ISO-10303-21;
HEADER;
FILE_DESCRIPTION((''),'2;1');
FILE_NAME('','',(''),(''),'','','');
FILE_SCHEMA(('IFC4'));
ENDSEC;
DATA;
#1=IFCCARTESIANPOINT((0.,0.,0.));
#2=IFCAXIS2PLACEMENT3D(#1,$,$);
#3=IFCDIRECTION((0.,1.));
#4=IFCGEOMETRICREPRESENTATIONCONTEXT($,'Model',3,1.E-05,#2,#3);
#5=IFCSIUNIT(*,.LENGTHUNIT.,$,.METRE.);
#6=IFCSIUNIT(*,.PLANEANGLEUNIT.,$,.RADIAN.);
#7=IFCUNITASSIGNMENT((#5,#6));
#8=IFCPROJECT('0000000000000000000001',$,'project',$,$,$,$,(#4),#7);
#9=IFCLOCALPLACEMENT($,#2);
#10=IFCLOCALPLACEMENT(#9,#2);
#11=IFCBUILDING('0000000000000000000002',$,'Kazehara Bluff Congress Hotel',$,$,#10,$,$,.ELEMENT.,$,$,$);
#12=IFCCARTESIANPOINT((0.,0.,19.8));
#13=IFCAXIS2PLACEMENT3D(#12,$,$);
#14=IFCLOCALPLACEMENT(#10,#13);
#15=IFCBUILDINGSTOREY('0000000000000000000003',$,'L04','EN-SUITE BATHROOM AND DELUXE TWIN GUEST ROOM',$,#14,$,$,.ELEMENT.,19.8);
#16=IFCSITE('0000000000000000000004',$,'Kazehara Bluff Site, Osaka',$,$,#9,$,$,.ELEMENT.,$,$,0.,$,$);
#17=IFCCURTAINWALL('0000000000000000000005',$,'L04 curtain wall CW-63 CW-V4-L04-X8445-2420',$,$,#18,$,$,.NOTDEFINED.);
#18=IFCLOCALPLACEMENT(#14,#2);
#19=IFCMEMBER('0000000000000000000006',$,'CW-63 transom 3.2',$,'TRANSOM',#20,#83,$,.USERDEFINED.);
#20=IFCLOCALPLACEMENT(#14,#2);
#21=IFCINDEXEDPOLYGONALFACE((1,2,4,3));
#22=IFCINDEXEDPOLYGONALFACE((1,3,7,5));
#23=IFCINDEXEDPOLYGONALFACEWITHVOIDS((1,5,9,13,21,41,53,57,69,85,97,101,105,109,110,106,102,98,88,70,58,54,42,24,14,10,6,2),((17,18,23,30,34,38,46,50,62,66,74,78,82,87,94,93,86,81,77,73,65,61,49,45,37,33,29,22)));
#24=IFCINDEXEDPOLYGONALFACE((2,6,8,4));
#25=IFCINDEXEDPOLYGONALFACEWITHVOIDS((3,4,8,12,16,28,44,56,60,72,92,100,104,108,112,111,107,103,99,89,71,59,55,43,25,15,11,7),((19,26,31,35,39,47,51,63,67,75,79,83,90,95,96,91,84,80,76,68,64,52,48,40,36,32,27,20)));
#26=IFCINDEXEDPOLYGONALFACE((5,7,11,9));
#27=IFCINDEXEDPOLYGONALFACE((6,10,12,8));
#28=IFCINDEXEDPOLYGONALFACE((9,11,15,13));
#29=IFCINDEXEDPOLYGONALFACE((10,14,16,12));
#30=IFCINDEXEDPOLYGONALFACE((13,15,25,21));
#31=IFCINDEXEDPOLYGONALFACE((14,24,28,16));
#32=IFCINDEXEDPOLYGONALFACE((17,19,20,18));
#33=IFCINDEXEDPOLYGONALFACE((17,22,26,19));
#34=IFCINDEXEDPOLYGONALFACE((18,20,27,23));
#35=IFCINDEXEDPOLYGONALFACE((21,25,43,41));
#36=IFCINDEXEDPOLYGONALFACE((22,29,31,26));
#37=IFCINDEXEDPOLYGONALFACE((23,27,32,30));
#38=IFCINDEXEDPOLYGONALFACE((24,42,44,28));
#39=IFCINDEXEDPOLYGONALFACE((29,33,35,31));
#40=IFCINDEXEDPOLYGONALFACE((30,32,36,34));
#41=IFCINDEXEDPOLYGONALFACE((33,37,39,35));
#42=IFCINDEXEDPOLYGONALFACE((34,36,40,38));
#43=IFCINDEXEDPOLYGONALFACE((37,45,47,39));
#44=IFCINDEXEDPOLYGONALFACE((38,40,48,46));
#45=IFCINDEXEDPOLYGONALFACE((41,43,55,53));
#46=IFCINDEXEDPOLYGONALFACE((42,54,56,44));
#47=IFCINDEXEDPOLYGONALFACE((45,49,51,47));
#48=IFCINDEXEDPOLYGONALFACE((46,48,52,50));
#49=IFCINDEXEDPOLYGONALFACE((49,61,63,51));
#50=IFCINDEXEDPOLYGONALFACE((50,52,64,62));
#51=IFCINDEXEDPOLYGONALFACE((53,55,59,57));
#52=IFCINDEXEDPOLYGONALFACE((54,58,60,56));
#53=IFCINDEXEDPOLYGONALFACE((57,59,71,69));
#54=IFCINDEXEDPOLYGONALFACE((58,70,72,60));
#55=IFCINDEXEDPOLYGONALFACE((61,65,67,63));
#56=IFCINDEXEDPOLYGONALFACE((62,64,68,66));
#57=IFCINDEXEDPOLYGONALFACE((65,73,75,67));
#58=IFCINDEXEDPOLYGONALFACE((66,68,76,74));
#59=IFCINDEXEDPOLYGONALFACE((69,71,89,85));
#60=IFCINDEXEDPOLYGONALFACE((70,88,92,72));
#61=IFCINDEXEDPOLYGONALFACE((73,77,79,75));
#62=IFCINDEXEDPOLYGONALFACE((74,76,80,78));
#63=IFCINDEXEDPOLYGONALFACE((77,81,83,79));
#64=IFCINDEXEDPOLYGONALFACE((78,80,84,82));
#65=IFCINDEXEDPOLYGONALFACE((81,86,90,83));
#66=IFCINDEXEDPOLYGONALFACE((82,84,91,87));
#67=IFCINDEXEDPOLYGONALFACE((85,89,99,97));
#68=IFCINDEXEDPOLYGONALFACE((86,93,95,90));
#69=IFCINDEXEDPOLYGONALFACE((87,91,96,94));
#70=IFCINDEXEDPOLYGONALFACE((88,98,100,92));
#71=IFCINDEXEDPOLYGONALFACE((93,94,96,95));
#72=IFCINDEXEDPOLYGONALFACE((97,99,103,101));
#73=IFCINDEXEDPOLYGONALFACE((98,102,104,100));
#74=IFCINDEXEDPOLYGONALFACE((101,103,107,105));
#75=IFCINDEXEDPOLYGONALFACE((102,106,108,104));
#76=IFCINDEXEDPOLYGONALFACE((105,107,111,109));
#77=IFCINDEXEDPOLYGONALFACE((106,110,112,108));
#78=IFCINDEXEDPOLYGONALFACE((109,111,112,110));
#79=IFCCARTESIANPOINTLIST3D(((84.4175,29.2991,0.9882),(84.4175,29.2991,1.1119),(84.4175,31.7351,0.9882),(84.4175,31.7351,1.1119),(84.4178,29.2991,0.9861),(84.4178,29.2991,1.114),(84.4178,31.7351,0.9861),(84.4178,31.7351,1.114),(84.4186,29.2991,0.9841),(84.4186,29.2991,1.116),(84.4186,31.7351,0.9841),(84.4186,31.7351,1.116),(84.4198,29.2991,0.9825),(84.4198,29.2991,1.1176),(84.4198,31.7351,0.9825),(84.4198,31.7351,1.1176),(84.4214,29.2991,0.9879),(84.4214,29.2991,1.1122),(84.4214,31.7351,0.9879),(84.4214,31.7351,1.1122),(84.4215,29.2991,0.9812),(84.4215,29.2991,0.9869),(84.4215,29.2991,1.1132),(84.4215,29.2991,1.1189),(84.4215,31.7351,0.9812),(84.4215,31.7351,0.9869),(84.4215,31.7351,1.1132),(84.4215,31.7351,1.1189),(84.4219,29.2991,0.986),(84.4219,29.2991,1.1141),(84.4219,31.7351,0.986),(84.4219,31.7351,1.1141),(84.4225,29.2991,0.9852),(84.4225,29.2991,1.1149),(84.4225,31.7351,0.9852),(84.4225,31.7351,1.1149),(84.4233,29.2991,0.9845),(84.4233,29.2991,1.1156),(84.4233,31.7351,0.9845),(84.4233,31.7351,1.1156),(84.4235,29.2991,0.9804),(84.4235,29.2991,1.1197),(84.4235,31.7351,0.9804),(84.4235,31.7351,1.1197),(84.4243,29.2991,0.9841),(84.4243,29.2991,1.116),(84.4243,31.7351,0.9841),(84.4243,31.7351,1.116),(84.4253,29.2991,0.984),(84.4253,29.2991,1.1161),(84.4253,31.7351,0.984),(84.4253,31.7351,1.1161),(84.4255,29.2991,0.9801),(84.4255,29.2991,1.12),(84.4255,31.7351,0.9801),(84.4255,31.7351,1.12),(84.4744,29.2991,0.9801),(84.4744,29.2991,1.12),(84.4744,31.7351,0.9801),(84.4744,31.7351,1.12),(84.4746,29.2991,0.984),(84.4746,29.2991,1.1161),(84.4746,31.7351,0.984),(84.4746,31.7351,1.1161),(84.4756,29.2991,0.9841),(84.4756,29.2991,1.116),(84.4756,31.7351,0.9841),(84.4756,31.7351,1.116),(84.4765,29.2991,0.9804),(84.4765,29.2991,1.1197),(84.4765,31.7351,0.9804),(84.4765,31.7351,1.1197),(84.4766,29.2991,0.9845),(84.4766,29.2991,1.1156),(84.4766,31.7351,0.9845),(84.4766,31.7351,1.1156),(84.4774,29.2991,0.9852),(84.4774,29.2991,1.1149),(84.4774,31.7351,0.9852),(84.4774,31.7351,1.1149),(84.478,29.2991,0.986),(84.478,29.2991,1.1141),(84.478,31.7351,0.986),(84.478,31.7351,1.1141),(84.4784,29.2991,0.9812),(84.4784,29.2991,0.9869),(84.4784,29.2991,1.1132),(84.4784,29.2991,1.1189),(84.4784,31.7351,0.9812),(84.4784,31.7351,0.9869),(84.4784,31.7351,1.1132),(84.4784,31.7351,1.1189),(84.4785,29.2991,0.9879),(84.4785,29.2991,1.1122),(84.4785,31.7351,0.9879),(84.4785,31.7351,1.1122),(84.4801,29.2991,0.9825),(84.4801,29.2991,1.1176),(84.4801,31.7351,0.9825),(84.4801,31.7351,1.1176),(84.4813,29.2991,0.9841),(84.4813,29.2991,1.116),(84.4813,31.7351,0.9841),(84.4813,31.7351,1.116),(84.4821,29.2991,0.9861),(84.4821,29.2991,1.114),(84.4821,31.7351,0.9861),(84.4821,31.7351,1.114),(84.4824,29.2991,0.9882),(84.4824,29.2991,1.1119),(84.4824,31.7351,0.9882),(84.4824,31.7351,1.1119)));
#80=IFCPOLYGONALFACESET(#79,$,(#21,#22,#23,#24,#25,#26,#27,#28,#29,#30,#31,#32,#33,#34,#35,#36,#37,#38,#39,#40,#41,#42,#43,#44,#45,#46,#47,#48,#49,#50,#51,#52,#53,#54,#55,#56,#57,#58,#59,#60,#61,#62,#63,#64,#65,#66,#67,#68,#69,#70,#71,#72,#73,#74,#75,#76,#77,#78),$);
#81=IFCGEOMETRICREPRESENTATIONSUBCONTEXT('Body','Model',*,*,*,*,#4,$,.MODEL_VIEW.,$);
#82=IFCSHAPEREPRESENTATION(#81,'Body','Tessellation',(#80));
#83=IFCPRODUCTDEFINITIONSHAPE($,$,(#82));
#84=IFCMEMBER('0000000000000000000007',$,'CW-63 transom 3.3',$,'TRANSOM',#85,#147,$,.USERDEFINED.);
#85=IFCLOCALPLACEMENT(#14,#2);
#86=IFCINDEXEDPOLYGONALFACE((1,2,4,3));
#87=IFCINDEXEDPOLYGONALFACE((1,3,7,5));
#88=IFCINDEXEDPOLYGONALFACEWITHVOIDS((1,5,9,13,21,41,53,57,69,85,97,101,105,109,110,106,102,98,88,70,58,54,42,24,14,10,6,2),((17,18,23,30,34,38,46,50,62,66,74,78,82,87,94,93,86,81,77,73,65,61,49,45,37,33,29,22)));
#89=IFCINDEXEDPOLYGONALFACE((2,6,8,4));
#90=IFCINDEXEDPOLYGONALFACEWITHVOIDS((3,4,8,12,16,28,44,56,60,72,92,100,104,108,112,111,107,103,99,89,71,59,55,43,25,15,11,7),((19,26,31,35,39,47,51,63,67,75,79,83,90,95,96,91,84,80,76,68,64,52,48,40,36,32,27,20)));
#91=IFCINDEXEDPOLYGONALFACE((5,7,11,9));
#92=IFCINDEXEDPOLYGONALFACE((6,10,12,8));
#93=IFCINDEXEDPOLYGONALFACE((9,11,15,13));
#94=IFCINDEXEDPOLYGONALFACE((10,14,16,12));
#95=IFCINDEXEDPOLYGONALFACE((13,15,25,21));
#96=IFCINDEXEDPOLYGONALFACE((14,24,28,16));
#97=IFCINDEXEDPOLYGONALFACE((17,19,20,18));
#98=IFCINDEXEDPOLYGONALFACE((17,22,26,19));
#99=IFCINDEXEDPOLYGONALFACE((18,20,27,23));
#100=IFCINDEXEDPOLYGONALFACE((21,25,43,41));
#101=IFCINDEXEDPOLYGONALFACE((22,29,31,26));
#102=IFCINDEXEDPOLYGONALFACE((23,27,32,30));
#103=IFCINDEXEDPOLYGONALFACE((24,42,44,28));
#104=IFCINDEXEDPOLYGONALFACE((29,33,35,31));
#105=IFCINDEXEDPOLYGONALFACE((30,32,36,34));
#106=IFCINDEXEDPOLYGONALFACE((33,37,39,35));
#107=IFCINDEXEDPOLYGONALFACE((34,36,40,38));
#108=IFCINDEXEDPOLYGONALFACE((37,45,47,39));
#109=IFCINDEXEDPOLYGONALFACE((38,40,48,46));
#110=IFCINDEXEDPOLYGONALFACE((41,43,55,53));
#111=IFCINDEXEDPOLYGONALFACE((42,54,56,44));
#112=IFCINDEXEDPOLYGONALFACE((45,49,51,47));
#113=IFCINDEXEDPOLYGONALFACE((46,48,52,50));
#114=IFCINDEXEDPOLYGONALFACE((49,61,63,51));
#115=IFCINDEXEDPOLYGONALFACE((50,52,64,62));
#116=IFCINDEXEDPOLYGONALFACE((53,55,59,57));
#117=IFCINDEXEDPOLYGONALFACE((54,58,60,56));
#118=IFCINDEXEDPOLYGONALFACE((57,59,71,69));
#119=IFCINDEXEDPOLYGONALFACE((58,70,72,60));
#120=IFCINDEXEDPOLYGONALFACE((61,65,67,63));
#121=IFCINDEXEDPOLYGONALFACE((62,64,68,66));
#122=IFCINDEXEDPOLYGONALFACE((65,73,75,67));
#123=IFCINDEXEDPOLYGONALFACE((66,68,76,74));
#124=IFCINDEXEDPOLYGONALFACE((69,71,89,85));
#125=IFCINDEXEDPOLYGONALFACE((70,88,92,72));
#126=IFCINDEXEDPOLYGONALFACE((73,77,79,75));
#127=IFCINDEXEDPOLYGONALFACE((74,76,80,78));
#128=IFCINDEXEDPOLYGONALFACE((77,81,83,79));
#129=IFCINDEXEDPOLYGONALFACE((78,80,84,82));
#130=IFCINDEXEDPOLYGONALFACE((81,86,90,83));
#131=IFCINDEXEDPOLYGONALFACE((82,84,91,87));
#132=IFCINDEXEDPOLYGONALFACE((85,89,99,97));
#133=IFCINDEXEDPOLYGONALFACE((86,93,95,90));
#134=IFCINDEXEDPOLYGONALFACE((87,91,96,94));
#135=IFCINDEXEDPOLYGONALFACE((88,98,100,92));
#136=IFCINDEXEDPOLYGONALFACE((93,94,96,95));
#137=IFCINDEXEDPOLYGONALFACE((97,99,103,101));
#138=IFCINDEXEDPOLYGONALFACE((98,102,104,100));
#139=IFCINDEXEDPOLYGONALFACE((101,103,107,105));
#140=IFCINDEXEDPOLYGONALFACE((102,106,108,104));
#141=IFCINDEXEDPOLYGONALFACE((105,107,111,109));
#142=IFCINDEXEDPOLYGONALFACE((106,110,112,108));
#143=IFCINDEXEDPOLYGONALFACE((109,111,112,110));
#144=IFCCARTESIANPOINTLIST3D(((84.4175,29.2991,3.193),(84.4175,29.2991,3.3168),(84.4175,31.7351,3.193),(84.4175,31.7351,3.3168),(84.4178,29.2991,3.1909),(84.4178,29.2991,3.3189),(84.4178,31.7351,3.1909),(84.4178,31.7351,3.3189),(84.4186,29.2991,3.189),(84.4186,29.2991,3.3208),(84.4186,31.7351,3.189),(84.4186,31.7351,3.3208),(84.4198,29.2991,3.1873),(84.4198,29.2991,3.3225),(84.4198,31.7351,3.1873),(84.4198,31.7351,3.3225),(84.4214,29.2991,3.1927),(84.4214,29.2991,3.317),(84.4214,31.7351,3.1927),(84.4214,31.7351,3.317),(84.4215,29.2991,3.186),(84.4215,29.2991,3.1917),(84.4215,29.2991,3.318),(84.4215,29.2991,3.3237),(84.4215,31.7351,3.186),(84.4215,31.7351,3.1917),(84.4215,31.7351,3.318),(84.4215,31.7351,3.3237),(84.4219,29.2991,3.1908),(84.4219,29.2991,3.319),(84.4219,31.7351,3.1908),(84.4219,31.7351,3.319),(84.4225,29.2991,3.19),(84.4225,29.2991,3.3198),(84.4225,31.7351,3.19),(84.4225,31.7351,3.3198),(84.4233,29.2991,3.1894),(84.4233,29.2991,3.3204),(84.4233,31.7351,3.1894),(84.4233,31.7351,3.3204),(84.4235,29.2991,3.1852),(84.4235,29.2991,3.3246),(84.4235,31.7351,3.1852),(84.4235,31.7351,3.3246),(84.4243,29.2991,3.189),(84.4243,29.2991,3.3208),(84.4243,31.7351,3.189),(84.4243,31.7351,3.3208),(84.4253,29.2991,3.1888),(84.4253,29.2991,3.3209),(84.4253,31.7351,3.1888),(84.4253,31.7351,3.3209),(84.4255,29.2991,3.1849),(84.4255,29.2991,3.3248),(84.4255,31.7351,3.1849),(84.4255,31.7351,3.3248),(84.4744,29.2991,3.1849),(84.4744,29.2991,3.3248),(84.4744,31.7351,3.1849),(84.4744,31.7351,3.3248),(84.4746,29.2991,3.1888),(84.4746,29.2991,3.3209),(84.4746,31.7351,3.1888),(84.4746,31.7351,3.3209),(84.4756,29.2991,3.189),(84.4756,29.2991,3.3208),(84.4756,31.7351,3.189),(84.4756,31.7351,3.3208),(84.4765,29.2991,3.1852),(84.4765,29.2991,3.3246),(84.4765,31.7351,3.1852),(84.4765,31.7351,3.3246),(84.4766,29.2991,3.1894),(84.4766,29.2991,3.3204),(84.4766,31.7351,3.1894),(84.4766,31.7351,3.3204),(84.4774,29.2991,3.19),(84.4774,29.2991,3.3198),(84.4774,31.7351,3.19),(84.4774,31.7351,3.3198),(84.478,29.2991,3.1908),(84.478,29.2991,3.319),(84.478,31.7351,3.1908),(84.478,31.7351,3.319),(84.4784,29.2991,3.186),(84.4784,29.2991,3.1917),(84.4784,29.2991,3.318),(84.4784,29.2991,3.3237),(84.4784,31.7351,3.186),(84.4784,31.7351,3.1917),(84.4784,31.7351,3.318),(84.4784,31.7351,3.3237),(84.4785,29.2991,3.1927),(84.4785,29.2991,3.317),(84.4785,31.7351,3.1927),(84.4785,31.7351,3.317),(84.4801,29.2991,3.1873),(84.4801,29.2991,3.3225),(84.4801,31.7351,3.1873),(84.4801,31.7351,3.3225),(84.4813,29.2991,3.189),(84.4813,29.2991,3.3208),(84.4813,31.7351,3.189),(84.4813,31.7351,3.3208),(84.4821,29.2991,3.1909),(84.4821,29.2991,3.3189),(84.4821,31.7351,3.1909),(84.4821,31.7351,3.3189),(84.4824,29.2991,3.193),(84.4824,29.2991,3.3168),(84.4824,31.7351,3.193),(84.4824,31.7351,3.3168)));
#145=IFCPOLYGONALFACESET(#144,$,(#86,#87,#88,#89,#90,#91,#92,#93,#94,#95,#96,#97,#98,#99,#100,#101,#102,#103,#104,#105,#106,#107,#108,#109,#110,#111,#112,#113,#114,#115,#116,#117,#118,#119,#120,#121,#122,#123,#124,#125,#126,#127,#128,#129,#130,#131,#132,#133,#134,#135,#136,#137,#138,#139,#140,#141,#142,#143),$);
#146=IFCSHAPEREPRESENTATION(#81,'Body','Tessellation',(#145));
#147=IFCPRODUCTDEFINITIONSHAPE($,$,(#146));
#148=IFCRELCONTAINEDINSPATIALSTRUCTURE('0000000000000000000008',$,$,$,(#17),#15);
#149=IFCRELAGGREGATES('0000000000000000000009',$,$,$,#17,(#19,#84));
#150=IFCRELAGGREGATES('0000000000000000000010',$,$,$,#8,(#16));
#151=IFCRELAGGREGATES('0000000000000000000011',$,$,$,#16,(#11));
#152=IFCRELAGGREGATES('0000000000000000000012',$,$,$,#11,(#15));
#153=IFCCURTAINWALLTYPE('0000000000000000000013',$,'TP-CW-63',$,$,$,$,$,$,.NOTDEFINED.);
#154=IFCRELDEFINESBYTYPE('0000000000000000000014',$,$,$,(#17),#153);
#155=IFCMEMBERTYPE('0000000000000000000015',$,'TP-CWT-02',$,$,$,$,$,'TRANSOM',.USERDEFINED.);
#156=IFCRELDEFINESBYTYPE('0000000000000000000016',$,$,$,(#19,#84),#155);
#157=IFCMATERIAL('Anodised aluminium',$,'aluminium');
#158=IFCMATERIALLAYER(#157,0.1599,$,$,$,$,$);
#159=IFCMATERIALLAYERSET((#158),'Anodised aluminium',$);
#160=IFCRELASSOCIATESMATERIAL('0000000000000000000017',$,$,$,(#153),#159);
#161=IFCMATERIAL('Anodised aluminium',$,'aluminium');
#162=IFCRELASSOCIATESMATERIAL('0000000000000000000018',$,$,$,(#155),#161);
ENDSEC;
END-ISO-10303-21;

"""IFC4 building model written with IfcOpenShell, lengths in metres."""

from ifc_helpers import new_model, si_unit, direction, frame, origin, origin_2d, place, context, subcontext, project, spatial, hollow_rectangle, extrude, material, layer, layer_set, material_profile, profile_set, type_object, element, aggregate, save


model = new_model("IFC4")

# Units and contexts
model_context = context("Model", 3, precision=1e-05, world=origin(), true_north=direction((0.0, 1.0)))
body_context = subcontext(model_context, "Body", "Model", "MODEL_VIEW")
ifc_project = project(units=[si_unit("LENGTHUNIT", "METRE"), si_unit("PLANEANGLEUNIT", "RADIAN")], contexts=[model_context])

# Site, building, storey
site_placement = place(None, origin())
site = spatial("IfcSite", under=ifc_project, at=site_placement, Name="Kazehara Bluff Site, Osaka", CompositionType="ELEMENT", RefElevation=0.0)
building_placement = place(site_placement, origin())
building = spatial("IfcBuilding", under=site, at=building_placement, Name="Kazehara Bluff Congress Hotel", CompositionType="ELEMENT")
storey_placement = place(building_placement, frame((0.0, 0.0, 19.8)))
storey = spatial("IfcBuildingStorey", under=building, at=storey_placement, Name="L04", Description="EN-SUITE BATHROOM AND DELUXE TWIN GUEST ROOM", CompositionType="ELEMENT", Elevation=19.8)

# Curtain wall, members
ifc_material_1 = material(Name="Anodised aluminium", Category="aluminium")
ifc_layer_1 = layer(ifc_material_1, 0.1599)
ifc_layer_set_1 = layer_set([ifc_layer_1], Name="Anodised aluminium")
curtain_wall_type = type_object("IfcCurtainWallType", Name="TP-CW-63", PredefinedType="NOTDEFINED", material=ifc_layer_set_1)
curtain_wall_placement = place(storey_placement, origin())
curtain_wall = element("IfcCurtainWall", 1, at=curtain_wall_placement, inside=storey, type_object=curtain_wall_type, Name="L04 curtain wall CW-63 CW-V4-L04-X8445-2420", PredefinedType="NOTDEFINED")
ifc_material_2 = material(Name="Anodised aluminium", Category="aluminium")
ifc_material_profile_1 = material_profile(ifc_material_2, hollow_rectangle(XDim=0.0649, YDim=0.1399, WallThickness=0.0039, InnerFilletRadius=0.0039, OuterFilletRadius=0.0081, at=origin_2d()))
ifc_profile_set_1 = profile_set([ifc_material_profile_1], Name="Anodised aluminium")
member_type_1 = type_object("IfcMemberType", Name="TP-CWT-02", ElementType="TRANSOM", PredefinedType="USERDEFINED", material=ifc_profile_set_1)
member_1_placement = place(storey_placement, frame((84.45, 29.2991, 1.05), z_axis=(0.0, 1.0, 0.0), x_axis=(-1.0, 0.0, 0.0)))
member_1 = element("IfcMember", 2, at=member_1_placement, type_object=member_type_1, Name="CW-63 transom 3.2", ObjectType="TRANSOM", PredefinedType="USERDEFINED", context=body_context, shape_type="SweptSolid", body=[
    extrude(hollow_rectangle(XDim=0.0649, YDim=0.1399, WallThickness=0.0039, InnerFilletRadius=0.0039, OuterFilletRadius=0.0081, at=origin_2d()), origin(), (0.0, 0.0, 1.0), 2.436),
])
member_2_placement = place(storey_placement, frame((84.45, 29.2991, 3.2549), z_axis=(0.0, 1.0, 0.0), x_axis=(-1.0, 0.0, 0.0)))
member_2 = element("IfcMember", 3, at=member_2_placement, type_object=member_type_1, Name="CW-63 transom 3.3", ObjectType="TRANSOM", PredefinedType="USERDEFINED", context=body_context, shape_type="SweptSolid", body=[
    extrude(hollow_rectangle(XDim=0.0649, YDim=0.1399, WallThickness=0.0039, InnerFilletRadius=0.0039, OuterFilletRadius=0.0081, at=origin_2d()), origin(), (0.0, 0.0, 1.0), 2.436),
])

aggregate(curtain_wall, [member_1, member_2])

save(model, "model.ifc")
